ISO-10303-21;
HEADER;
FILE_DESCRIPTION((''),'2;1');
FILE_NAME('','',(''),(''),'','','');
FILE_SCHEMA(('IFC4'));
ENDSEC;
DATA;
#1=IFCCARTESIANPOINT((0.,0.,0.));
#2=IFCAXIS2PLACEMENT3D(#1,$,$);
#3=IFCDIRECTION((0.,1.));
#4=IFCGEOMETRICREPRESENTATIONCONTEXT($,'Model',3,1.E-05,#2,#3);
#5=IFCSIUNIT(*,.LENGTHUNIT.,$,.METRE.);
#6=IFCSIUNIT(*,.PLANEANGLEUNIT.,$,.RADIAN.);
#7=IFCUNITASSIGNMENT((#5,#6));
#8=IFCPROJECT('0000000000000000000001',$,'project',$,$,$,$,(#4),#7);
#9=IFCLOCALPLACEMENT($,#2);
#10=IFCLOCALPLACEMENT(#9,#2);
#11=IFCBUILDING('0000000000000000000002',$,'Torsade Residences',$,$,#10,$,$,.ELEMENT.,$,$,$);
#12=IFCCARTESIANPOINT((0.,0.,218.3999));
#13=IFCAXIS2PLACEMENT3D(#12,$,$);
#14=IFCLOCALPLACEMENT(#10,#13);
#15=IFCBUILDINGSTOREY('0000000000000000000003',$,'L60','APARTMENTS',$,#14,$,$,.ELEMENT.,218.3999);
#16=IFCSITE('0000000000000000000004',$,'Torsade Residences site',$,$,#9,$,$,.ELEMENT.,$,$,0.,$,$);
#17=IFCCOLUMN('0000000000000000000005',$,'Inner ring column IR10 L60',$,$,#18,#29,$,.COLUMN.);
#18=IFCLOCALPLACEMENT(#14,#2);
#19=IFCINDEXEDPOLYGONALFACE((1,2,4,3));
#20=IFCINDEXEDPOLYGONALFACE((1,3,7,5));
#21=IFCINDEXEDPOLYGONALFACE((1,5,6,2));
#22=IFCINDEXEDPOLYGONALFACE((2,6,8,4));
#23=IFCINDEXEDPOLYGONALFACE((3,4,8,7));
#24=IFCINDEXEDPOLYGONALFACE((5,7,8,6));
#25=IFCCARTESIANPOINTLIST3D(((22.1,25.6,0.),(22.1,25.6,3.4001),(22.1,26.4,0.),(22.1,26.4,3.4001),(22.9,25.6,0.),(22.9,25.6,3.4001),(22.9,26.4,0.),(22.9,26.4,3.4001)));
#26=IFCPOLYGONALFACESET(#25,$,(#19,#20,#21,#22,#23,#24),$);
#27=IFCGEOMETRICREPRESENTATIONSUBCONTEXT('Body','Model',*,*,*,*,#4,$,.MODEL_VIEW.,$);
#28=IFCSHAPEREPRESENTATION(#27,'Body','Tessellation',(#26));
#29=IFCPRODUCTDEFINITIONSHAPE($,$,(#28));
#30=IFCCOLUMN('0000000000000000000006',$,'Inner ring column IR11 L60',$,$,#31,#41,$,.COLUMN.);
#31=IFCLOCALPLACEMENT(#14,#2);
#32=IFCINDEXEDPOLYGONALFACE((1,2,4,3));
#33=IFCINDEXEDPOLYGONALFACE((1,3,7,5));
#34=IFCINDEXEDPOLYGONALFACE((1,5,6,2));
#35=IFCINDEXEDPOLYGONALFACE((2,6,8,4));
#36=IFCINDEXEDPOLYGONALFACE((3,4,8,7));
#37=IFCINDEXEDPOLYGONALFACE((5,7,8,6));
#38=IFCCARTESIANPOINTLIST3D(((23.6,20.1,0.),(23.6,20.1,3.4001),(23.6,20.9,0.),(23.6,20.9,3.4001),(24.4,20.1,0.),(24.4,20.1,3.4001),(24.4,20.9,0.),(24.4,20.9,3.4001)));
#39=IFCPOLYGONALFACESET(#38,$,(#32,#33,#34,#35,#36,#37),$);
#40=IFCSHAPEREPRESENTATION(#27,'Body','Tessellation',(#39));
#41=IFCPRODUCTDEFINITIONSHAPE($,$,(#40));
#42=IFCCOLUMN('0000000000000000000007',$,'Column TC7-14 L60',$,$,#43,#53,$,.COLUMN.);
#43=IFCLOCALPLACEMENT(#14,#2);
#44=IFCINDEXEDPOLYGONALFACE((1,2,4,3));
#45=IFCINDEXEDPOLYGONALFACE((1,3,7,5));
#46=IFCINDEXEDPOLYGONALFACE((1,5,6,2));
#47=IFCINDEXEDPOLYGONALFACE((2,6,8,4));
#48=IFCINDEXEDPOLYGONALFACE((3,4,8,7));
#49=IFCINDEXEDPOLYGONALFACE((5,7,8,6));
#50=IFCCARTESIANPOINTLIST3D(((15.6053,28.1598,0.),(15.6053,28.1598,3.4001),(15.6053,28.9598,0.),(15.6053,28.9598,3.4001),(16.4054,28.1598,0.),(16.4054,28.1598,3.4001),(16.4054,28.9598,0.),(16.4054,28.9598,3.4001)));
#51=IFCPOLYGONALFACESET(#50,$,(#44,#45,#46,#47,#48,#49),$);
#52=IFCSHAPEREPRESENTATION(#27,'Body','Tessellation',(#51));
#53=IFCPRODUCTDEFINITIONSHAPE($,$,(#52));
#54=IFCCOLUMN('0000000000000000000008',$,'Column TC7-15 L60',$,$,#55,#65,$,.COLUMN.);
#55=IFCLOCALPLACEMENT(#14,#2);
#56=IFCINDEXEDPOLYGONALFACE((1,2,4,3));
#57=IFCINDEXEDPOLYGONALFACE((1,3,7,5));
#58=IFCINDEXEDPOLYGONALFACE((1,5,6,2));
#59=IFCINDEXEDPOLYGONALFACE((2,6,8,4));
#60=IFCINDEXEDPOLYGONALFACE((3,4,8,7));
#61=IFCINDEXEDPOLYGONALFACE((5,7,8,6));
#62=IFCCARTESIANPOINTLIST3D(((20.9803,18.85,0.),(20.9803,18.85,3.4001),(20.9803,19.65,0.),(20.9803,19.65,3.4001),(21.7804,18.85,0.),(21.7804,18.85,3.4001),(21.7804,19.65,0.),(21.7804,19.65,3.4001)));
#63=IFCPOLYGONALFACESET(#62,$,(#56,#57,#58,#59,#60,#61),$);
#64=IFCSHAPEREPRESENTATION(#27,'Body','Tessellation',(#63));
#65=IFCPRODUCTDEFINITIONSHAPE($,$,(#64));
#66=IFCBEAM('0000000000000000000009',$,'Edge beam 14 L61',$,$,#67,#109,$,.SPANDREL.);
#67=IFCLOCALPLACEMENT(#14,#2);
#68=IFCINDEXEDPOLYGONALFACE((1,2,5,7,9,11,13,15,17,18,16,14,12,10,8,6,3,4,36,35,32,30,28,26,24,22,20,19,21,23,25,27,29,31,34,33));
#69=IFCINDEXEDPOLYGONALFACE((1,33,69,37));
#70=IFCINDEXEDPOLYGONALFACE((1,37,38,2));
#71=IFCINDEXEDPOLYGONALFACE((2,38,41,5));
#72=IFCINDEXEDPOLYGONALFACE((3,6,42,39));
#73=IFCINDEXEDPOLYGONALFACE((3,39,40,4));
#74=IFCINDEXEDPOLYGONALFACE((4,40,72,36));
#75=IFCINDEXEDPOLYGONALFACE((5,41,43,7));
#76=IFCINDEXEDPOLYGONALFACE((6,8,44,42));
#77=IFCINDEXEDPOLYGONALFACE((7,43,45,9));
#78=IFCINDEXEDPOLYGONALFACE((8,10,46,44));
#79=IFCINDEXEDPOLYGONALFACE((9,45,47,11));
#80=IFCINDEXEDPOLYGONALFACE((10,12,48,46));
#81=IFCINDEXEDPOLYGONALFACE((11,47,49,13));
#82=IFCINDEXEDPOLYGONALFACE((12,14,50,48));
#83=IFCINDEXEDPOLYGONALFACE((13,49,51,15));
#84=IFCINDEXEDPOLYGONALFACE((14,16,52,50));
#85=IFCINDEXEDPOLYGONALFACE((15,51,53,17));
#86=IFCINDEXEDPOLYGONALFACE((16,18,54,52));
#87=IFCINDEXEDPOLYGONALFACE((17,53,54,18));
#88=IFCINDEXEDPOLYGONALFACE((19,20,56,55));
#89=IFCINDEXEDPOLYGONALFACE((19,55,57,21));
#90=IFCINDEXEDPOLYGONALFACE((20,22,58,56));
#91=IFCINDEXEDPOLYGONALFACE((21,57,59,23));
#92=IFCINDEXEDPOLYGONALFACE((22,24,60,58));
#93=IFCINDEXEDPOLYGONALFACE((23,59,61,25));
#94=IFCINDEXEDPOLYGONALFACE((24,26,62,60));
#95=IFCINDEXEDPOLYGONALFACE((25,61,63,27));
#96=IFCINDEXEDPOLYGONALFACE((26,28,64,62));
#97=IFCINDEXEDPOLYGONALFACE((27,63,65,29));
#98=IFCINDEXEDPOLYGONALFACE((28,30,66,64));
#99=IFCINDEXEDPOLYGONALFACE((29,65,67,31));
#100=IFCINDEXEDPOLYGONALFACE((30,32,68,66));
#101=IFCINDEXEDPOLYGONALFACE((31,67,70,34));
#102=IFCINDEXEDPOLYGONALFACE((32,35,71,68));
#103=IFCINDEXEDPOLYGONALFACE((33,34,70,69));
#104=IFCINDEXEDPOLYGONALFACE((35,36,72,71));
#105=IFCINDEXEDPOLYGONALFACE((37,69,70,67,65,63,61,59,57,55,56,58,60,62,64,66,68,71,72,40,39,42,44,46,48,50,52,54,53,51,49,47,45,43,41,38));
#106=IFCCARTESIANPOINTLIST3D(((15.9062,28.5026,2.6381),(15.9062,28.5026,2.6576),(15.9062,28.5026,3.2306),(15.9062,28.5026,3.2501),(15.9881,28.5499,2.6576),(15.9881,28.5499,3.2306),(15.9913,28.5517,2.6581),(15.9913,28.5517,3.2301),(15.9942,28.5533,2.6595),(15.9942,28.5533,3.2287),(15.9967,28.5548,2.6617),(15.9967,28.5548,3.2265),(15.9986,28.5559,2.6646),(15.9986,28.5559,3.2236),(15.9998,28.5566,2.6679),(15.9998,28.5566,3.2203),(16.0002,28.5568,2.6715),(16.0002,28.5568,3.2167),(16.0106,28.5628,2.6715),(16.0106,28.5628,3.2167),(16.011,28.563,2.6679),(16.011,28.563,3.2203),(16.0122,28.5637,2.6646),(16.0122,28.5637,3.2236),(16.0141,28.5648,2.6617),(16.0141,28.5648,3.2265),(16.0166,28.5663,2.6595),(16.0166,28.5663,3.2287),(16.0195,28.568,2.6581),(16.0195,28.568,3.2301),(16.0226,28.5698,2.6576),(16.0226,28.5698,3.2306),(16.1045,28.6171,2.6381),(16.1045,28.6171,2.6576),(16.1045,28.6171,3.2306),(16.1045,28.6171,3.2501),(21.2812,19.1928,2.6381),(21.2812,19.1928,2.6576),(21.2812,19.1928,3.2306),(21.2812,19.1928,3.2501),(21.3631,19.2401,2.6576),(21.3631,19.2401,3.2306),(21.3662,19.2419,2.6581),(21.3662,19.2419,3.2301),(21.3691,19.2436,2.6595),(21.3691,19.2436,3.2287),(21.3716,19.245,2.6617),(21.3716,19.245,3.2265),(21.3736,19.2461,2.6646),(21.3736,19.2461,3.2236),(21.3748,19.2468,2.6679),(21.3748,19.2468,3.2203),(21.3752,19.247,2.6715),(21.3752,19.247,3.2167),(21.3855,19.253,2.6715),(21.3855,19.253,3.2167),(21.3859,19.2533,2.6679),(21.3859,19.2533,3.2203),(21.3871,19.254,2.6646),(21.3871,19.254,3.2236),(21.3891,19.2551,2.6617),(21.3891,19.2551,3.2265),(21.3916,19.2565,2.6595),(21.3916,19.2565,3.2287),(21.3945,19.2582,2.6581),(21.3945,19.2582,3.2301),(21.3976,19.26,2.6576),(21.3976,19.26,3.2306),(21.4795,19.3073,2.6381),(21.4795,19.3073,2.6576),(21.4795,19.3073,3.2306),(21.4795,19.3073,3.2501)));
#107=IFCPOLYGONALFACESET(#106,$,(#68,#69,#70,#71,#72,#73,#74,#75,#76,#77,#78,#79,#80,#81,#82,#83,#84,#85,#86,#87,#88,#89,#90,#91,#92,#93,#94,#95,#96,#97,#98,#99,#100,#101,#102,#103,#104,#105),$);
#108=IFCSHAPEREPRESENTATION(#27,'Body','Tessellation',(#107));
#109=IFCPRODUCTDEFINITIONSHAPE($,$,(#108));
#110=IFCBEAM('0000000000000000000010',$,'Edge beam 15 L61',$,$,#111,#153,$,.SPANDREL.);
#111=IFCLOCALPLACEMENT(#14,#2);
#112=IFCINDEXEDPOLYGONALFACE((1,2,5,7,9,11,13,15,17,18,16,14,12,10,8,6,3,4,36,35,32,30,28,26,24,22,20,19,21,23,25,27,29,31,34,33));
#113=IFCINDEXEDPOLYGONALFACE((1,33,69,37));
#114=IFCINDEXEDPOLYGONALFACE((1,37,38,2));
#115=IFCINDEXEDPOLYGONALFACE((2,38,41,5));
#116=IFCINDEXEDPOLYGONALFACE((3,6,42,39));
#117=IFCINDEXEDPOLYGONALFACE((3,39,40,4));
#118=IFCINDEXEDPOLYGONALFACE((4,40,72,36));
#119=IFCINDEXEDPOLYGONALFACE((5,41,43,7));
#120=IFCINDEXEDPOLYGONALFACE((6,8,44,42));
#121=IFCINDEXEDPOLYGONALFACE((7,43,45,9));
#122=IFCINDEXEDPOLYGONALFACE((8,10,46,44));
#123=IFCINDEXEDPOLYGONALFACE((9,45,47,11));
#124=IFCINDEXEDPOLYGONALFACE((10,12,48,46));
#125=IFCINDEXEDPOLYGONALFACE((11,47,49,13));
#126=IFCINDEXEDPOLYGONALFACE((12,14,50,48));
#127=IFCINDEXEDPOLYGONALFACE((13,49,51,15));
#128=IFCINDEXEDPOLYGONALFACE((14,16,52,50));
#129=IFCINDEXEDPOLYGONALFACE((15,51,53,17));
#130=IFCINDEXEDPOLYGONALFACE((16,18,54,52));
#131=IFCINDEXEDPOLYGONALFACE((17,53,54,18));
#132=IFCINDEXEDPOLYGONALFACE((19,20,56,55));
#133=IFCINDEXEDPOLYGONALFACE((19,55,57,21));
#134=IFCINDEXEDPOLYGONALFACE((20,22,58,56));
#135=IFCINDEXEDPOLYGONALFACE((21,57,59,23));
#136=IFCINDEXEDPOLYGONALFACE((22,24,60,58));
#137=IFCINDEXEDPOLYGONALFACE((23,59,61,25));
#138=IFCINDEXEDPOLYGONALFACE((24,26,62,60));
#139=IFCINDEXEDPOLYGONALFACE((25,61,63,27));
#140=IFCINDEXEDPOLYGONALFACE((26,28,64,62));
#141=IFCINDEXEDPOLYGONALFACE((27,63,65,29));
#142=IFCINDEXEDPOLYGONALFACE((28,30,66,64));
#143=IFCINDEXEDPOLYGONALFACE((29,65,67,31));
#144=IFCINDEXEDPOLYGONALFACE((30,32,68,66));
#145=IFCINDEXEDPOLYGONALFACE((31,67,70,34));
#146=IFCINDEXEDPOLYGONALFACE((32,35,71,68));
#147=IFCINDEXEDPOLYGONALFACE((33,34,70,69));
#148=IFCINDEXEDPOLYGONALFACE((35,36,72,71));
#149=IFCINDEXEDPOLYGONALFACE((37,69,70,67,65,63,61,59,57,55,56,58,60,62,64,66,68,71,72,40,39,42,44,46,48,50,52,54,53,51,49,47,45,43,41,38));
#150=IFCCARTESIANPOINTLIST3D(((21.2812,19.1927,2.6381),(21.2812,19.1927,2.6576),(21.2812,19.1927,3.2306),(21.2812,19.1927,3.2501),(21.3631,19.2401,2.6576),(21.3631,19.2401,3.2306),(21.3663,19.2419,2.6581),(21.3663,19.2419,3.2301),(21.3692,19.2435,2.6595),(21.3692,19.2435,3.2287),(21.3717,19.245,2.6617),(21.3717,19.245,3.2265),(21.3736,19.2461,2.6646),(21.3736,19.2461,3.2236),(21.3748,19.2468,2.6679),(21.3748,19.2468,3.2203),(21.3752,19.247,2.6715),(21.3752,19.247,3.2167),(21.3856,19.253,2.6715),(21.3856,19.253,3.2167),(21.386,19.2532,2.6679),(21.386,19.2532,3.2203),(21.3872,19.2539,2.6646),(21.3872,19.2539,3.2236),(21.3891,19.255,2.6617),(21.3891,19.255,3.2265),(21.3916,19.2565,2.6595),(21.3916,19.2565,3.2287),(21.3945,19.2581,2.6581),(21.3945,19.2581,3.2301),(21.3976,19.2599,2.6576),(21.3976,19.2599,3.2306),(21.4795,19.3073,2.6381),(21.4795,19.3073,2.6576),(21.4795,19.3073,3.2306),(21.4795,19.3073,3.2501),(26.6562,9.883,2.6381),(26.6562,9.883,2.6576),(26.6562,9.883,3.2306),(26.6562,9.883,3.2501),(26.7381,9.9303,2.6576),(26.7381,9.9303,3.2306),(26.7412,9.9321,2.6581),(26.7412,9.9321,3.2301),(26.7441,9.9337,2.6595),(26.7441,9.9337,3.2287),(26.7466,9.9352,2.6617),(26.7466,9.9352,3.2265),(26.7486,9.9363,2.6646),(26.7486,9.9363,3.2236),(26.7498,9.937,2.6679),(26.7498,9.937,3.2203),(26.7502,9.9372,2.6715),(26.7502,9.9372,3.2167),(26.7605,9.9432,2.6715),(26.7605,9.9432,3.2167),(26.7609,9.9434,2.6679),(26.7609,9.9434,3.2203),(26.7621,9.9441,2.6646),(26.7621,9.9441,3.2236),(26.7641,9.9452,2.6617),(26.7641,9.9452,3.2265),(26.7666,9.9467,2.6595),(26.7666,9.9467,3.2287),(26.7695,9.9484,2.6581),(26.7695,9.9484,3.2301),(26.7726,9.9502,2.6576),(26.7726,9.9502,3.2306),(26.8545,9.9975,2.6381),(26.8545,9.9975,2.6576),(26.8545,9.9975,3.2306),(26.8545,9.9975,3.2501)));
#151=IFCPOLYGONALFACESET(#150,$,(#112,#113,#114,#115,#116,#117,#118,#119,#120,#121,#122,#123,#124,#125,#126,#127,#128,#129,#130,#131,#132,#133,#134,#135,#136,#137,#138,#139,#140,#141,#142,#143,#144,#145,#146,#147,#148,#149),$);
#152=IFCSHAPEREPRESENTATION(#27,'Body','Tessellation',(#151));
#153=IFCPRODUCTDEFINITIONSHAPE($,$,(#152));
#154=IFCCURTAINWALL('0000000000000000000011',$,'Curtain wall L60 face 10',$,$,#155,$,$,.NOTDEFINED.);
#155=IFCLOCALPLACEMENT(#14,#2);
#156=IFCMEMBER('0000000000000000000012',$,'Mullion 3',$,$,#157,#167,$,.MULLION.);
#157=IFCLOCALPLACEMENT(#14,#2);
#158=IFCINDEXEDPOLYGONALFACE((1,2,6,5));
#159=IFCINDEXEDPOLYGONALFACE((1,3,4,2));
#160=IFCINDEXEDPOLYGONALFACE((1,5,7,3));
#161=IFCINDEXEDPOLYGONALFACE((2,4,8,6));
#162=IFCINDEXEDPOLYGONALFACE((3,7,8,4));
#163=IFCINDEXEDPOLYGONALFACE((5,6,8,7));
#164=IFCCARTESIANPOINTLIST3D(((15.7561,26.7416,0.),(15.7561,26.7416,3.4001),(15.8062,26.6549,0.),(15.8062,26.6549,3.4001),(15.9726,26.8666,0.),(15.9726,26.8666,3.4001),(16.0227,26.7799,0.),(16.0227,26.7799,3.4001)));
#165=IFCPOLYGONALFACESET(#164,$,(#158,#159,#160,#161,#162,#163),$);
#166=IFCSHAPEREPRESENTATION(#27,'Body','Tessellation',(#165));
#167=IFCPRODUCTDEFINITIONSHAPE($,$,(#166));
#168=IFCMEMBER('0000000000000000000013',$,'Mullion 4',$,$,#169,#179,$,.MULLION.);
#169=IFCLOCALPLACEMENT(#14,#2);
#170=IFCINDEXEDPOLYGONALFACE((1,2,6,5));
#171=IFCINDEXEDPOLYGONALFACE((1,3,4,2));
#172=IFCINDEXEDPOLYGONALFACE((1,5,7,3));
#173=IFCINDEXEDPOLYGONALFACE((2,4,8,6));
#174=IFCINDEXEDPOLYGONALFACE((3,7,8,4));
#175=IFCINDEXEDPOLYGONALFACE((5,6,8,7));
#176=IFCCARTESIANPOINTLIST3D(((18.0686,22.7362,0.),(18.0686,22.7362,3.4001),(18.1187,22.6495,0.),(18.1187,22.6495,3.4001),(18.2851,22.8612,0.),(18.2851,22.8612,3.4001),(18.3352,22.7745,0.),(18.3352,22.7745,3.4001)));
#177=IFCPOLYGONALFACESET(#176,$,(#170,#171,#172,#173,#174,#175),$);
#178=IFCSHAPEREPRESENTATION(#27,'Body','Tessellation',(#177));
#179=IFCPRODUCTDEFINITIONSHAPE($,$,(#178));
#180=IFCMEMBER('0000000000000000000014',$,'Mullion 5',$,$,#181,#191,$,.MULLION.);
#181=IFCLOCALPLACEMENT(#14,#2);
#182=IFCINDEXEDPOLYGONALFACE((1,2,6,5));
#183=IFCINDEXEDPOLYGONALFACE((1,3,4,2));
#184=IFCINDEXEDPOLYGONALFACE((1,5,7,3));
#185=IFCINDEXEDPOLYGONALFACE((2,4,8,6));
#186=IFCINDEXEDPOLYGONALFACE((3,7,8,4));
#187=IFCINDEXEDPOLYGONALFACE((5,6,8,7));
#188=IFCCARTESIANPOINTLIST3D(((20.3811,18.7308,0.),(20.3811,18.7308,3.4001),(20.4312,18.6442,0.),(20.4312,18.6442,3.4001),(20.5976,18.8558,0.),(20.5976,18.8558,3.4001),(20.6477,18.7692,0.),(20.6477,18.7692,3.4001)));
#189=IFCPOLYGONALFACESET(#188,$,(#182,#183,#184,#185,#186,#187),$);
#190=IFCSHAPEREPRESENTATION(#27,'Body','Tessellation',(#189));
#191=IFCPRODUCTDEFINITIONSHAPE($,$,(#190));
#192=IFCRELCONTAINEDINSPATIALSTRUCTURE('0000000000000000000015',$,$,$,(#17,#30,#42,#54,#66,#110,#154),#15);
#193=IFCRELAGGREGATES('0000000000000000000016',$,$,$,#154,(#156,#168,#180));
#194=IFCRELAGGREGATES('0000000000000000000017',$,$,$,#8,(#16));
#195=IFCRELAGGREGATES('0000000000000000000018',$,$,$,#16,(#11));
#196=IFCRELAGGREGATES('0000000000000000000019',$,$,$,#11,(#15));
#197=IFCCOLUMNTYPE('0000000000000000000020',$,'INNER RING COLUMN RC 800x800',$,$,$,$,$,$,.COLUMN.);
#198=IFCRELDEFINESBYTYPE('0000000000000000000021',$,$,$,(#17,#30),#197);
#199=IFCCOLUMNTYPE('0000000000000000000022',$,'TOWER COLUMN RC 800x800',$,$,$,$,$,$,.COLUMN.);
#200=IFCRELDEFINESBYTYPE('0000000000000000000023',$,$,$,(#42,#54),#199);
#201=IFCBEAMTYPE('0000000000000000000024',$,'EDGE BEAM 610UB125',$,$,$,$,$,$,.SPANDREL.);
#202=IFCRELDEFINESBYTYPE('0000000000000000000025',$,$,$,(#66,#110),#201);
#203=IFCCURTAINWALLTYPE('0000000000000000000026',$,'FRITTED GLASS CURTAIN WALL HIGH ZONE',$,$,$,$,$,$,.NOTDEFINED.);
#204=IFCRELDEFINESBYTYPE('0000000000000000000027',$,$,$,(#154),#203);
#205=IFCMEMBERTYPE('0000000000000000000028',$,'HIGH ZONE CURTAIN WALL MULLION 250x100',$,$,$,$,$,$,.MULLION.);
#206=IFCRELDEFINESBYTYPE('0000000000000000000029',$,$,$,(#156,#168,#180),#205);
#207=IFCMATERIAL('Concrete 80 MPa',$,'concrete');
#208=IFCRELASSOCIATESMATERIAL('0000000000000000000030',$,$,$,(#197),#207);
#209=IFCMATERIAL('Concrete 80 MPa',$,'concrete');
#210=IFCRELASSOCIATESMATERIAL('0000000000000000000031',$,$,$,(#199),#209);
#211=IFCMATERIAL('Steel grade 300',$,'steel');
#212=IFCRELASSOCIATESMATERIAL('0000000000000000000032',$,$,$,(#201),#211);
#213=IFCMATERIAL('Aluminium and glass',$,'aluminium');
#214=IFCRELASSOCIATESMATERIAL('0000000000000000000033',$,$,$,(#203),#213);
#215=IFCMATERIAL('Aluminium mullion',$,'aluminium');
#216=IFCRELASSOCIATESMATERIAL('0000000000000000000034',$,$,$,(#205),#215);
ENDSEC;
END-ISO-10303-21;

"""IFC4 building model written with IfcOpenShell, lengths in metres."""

from ifc_helpers import new_model, si_unit, direction, frame, origin, origin_2d, place, context, subcontext, project, spatial, rectangle, i_section, extrude, material, material_profile, profile_set, type_object, element, aggregate, save


model = new_model("IFC4")

# Units and contexts
model_context = context("Model", 3, precision=1e-05, world=origin(), true_north=direction((0.0, 1.0)))
body_context = subcontext(model_context, "Body", "Model", "MODEL_VIEW")
ifc_project = project(units=[si_unit("LENGTHUNIT", "METRE"), si_unit("PLANEANGLEUNIT", "RADIAN")], contexts=[model_context])

# Site, building, storey
site_placement = place(None, origin())
site = spatial("IfcSite", under=ifc_project, at=site_placement, Name="Torsade Residences site", CompositionType="ELEMENT", RefElevation=0.0)
building_placement = place(site_placement, origin())
building = spatial("IfcBuilding", under=site, at=building_placement, Name="Torsade Residences", CompositionType="ELEMENT")
storey_placement = place(building_placement, frame((0.0, 0.0, 218.3999)))
storey = spatial("IfcBuildingStorey", under=building, at=storey_placement, Name="L60", Description="APARTMENTS", CompositionType="ELEMENT", Elevation=218.3999)

# Columns
ifc_material_1 = material(Name="Concrete 80 MPa", Category="concrete")
ifc_material_profile_1 = material_profile(ifc_material_1, rectangle(XDim=0.8, YDim=0.8, at=origin_2d()), Name="RC 800x800")
ifc_profile_set_1 = profile_set([ifc_material_profile_1], Name="Concrete 80 MPa")
column_type_1 = type_object("IfcColumnType", Name="INNER RING COLUMN RC 800x800", PredefinedType="COLUMN", material=ifc_profile_set_1)
for number, where, z_axis, x_axis, name in (
    (1, (22.5, 26.0, 0.0), (0.0, 0.0, 1.0), (1.0, 0.0, 0.0), "Inner ring column IR10 L60"),
    (2, (24.0, 20.5, 0.0), (0.0, 0.0, 1.0), (1.0, 0.0, 0.0), "Inner ring column IR11 L60"),
):
    element("IfcColumn", number, at=place(storey_placement, frame(where, z_axis=z_axis, x_axis=x_axis)), inside=storey, type_object=column_type_1, Name=name, PredefinedType="COLUMN", context=body_context, shape_type="SweptSolid", body=[
        extrude(rectangle(XDim=0.8, YDim=0.8, at=origin_2d()), origin(), (0.0, 0.0, 1.0), 3.4001),
    ])
ifc_material_2 = material(Name="Concrete 80 MPa", Category="concrete")
ifc_material_profile_2 = material_profile(ifc_material_2, rectangle(XDim=0.8, YDim=0.8, at=origin_2d()), Name="RC 800x800")
ifc_profile_set_2 = profile_set([ifc_material_profile_2], Name="Concrete 80 MPa")
column_type_2 = type_object("IfcColumnType", Name="TOWER COLUMN RC 800x800", PredefinedType="COLUMN", material=ifc_profile_set_2)
for number, where, z_axis, x_axis, name in (
    (3, (16.0054, 28.5598, 0.0), (0.0, 0.0, 1.0), (1.0, 0.0, 0.0), "Column TC7-14 L60"),
    (4, (21.3804, 19.25, 0.0), (0.0, 0.0, 1.0), (1.0, 0.0, 0.0), "Column TC7-15 L60"),
):
    element("IfcColumn", number, at=place(storey_placement, frame(where, z_axis=z_axis, x_axis=x_axis)), inside=storey, type_object=column_type_2, Name=name, PredefinedType="COLUMN", context=body_context, shape_type="SweptSolid", body=[
        extrude(rectangle(XDim=0.8, YDim=0.8, at=origin_2d()), origin(), (0.0, 0.0, 1.0), 3.4001),
    ])

# Beams
ifc_material_3 = material(Name="Steel grade 300", Category="steel")
ifc_material_profile_3 = material_profile(ifc_material_3, i_section(OverallWidth=0.229, OverallDepth=0.6121, WebThickness=0.012, FlangeThickness=0.0195, FilletRadius=0.0139, at=origin_2d()), Name="610UB125")
ifc_profile_set_3 = profile_set([ifc_material_profile_3], Name="Steel grade 300")
beam_type_1 = type_object("IfcBeamType", Name="EDGE BEAM 610UB125", PredefinedType="SPANDREL", material=ifc_profile_set_3)
for number, where, z_axis, x_axis, name in (
    (5, (16.0054, 28.5598, 2.9441), (0.499998, -0.866026, 0.0), (0.866026, 0.499998, 0.0), "Edge beam 14 L61"),
    (6, (21.3804, 19.25, 2.9441), (0.499998, -0.866026, 0.0), (0.866026, 0.499998, 0.0), "Edge beam 15 L61"),
):
    element("IfcBeam", number, at=place(storey_placement, frame(where, z_axis=z_axis, x_axis=x_axis)), inside=storey, type_object=beam_type_1, Name=name, PredefinedType="SPANDREL", context=body_context, shape_type="SweptSolid", body=[
        extrude(i_section(OverallWidth=0.229, OverallDepth=0.6121, WebThickness=0.012, FlangeThickness=0.0195, FilletRadius=0.0139, at=origin_2d()), origin(), (0.0, 0.0, 1.0), 10.75),
    ])

# Curtain wall, members
ifc_material_4 = material(Name="Aluminium and glass", Category="aluminium")
curtain_wall_type = type_object("IfcCurtainWallType", Name="FRITTED GLASS CURTAIN WALL HIGH ZONE", PredefinedType="NOTDEFINED", material=ifc_material_4)
curtain_wall_placement = place(storey_placement, origin())
curtain_wall = element("IfcCurtainWall", 7, at=curtain_wall_placement, inside=storey, type_object=curtain_wall_type, Name="Curtain wall L60 face 10", PredefinedType="NOTDEFINED")
ifc_material_5 = material(Name="Aluminium mullion", Category="aluminium")
ifc_material_profile_4 = material_profile(ifc_material_5, rectangle(XDim=0.25, YDim=0.1001, at=origin_2d()), Name="HIGH ZONE CURTAIN WALL MULLION 250x100")
ifc_profile_set_4 = profile_set([ifc_material_profile_4], Name="Aluminium mullion")
member_type_1 = type_object("IfcMemberType", Name="HIGH ZONE CURTAIN WALL MULLION 250x100", PredefinedType="MULLION", material=ifc_profile_set_4)
member_1_placement = place(storey_placement, frame((15.8894, 26.7607, 0.0), z_axis=(0.0, 0.0, 1.0), x_axis=(0.866025, 0.5, 0.0)))
member_1 = element("IfcMember", 8, at=member_1_placement, type_object=member_type_1, Name="Mullion 3", PredefinedType="MULLION", context=body_context, shape_type="SweptSolid", body=[
    extrude(rectangle(XDim=0.25, YDim=0.1001, at=origin_2d()), origin(), (0.0, 0.0, 1.0), 3.4001),
])
member_2_placement = place(storey_placement, frame((18.2019, 22.7554, 0.0), z_axis=(0.0, 0.0, 1.0), x_axis=(0.866025, 0.5, 0.0)))
member_2 = element("IfcMember", 9, at=member_2_placement, type_object=member_type_1, Name="Mullion 4", PredefinedType="MULLION", context=body_context, shape_type="SweptSolid", body=[
    extrude(rectangle(XDim=0.25, YDim=0.1001, at=origin_2d()), origin(), (0.0, 0.0, 1.0), 3.4001),
])
member_3_placement = place(storey_placement, frame((20.5144, 18.75, 0.0), z_axis=(0.0, 0.0, 1.0), x_axis=(0.866025, 0.5, 0.0)))
member_3 = element("IfcMember", 10, at=member_3_placement, type_object=member_type_1, Name="Mullion 5", PredefinedType="MULLION", context=body_context, shape_type="SweptSolid", body=[
    extrude(rectangle(XDim=0.25, YDim=0.1001, at=origin_2d()), origin(), (0.0, 0.0, 1.0), 3.4001),
])

aggregate(curtain_wall, [member_1, member_2, member_3])

save(model, "model.ifc")
